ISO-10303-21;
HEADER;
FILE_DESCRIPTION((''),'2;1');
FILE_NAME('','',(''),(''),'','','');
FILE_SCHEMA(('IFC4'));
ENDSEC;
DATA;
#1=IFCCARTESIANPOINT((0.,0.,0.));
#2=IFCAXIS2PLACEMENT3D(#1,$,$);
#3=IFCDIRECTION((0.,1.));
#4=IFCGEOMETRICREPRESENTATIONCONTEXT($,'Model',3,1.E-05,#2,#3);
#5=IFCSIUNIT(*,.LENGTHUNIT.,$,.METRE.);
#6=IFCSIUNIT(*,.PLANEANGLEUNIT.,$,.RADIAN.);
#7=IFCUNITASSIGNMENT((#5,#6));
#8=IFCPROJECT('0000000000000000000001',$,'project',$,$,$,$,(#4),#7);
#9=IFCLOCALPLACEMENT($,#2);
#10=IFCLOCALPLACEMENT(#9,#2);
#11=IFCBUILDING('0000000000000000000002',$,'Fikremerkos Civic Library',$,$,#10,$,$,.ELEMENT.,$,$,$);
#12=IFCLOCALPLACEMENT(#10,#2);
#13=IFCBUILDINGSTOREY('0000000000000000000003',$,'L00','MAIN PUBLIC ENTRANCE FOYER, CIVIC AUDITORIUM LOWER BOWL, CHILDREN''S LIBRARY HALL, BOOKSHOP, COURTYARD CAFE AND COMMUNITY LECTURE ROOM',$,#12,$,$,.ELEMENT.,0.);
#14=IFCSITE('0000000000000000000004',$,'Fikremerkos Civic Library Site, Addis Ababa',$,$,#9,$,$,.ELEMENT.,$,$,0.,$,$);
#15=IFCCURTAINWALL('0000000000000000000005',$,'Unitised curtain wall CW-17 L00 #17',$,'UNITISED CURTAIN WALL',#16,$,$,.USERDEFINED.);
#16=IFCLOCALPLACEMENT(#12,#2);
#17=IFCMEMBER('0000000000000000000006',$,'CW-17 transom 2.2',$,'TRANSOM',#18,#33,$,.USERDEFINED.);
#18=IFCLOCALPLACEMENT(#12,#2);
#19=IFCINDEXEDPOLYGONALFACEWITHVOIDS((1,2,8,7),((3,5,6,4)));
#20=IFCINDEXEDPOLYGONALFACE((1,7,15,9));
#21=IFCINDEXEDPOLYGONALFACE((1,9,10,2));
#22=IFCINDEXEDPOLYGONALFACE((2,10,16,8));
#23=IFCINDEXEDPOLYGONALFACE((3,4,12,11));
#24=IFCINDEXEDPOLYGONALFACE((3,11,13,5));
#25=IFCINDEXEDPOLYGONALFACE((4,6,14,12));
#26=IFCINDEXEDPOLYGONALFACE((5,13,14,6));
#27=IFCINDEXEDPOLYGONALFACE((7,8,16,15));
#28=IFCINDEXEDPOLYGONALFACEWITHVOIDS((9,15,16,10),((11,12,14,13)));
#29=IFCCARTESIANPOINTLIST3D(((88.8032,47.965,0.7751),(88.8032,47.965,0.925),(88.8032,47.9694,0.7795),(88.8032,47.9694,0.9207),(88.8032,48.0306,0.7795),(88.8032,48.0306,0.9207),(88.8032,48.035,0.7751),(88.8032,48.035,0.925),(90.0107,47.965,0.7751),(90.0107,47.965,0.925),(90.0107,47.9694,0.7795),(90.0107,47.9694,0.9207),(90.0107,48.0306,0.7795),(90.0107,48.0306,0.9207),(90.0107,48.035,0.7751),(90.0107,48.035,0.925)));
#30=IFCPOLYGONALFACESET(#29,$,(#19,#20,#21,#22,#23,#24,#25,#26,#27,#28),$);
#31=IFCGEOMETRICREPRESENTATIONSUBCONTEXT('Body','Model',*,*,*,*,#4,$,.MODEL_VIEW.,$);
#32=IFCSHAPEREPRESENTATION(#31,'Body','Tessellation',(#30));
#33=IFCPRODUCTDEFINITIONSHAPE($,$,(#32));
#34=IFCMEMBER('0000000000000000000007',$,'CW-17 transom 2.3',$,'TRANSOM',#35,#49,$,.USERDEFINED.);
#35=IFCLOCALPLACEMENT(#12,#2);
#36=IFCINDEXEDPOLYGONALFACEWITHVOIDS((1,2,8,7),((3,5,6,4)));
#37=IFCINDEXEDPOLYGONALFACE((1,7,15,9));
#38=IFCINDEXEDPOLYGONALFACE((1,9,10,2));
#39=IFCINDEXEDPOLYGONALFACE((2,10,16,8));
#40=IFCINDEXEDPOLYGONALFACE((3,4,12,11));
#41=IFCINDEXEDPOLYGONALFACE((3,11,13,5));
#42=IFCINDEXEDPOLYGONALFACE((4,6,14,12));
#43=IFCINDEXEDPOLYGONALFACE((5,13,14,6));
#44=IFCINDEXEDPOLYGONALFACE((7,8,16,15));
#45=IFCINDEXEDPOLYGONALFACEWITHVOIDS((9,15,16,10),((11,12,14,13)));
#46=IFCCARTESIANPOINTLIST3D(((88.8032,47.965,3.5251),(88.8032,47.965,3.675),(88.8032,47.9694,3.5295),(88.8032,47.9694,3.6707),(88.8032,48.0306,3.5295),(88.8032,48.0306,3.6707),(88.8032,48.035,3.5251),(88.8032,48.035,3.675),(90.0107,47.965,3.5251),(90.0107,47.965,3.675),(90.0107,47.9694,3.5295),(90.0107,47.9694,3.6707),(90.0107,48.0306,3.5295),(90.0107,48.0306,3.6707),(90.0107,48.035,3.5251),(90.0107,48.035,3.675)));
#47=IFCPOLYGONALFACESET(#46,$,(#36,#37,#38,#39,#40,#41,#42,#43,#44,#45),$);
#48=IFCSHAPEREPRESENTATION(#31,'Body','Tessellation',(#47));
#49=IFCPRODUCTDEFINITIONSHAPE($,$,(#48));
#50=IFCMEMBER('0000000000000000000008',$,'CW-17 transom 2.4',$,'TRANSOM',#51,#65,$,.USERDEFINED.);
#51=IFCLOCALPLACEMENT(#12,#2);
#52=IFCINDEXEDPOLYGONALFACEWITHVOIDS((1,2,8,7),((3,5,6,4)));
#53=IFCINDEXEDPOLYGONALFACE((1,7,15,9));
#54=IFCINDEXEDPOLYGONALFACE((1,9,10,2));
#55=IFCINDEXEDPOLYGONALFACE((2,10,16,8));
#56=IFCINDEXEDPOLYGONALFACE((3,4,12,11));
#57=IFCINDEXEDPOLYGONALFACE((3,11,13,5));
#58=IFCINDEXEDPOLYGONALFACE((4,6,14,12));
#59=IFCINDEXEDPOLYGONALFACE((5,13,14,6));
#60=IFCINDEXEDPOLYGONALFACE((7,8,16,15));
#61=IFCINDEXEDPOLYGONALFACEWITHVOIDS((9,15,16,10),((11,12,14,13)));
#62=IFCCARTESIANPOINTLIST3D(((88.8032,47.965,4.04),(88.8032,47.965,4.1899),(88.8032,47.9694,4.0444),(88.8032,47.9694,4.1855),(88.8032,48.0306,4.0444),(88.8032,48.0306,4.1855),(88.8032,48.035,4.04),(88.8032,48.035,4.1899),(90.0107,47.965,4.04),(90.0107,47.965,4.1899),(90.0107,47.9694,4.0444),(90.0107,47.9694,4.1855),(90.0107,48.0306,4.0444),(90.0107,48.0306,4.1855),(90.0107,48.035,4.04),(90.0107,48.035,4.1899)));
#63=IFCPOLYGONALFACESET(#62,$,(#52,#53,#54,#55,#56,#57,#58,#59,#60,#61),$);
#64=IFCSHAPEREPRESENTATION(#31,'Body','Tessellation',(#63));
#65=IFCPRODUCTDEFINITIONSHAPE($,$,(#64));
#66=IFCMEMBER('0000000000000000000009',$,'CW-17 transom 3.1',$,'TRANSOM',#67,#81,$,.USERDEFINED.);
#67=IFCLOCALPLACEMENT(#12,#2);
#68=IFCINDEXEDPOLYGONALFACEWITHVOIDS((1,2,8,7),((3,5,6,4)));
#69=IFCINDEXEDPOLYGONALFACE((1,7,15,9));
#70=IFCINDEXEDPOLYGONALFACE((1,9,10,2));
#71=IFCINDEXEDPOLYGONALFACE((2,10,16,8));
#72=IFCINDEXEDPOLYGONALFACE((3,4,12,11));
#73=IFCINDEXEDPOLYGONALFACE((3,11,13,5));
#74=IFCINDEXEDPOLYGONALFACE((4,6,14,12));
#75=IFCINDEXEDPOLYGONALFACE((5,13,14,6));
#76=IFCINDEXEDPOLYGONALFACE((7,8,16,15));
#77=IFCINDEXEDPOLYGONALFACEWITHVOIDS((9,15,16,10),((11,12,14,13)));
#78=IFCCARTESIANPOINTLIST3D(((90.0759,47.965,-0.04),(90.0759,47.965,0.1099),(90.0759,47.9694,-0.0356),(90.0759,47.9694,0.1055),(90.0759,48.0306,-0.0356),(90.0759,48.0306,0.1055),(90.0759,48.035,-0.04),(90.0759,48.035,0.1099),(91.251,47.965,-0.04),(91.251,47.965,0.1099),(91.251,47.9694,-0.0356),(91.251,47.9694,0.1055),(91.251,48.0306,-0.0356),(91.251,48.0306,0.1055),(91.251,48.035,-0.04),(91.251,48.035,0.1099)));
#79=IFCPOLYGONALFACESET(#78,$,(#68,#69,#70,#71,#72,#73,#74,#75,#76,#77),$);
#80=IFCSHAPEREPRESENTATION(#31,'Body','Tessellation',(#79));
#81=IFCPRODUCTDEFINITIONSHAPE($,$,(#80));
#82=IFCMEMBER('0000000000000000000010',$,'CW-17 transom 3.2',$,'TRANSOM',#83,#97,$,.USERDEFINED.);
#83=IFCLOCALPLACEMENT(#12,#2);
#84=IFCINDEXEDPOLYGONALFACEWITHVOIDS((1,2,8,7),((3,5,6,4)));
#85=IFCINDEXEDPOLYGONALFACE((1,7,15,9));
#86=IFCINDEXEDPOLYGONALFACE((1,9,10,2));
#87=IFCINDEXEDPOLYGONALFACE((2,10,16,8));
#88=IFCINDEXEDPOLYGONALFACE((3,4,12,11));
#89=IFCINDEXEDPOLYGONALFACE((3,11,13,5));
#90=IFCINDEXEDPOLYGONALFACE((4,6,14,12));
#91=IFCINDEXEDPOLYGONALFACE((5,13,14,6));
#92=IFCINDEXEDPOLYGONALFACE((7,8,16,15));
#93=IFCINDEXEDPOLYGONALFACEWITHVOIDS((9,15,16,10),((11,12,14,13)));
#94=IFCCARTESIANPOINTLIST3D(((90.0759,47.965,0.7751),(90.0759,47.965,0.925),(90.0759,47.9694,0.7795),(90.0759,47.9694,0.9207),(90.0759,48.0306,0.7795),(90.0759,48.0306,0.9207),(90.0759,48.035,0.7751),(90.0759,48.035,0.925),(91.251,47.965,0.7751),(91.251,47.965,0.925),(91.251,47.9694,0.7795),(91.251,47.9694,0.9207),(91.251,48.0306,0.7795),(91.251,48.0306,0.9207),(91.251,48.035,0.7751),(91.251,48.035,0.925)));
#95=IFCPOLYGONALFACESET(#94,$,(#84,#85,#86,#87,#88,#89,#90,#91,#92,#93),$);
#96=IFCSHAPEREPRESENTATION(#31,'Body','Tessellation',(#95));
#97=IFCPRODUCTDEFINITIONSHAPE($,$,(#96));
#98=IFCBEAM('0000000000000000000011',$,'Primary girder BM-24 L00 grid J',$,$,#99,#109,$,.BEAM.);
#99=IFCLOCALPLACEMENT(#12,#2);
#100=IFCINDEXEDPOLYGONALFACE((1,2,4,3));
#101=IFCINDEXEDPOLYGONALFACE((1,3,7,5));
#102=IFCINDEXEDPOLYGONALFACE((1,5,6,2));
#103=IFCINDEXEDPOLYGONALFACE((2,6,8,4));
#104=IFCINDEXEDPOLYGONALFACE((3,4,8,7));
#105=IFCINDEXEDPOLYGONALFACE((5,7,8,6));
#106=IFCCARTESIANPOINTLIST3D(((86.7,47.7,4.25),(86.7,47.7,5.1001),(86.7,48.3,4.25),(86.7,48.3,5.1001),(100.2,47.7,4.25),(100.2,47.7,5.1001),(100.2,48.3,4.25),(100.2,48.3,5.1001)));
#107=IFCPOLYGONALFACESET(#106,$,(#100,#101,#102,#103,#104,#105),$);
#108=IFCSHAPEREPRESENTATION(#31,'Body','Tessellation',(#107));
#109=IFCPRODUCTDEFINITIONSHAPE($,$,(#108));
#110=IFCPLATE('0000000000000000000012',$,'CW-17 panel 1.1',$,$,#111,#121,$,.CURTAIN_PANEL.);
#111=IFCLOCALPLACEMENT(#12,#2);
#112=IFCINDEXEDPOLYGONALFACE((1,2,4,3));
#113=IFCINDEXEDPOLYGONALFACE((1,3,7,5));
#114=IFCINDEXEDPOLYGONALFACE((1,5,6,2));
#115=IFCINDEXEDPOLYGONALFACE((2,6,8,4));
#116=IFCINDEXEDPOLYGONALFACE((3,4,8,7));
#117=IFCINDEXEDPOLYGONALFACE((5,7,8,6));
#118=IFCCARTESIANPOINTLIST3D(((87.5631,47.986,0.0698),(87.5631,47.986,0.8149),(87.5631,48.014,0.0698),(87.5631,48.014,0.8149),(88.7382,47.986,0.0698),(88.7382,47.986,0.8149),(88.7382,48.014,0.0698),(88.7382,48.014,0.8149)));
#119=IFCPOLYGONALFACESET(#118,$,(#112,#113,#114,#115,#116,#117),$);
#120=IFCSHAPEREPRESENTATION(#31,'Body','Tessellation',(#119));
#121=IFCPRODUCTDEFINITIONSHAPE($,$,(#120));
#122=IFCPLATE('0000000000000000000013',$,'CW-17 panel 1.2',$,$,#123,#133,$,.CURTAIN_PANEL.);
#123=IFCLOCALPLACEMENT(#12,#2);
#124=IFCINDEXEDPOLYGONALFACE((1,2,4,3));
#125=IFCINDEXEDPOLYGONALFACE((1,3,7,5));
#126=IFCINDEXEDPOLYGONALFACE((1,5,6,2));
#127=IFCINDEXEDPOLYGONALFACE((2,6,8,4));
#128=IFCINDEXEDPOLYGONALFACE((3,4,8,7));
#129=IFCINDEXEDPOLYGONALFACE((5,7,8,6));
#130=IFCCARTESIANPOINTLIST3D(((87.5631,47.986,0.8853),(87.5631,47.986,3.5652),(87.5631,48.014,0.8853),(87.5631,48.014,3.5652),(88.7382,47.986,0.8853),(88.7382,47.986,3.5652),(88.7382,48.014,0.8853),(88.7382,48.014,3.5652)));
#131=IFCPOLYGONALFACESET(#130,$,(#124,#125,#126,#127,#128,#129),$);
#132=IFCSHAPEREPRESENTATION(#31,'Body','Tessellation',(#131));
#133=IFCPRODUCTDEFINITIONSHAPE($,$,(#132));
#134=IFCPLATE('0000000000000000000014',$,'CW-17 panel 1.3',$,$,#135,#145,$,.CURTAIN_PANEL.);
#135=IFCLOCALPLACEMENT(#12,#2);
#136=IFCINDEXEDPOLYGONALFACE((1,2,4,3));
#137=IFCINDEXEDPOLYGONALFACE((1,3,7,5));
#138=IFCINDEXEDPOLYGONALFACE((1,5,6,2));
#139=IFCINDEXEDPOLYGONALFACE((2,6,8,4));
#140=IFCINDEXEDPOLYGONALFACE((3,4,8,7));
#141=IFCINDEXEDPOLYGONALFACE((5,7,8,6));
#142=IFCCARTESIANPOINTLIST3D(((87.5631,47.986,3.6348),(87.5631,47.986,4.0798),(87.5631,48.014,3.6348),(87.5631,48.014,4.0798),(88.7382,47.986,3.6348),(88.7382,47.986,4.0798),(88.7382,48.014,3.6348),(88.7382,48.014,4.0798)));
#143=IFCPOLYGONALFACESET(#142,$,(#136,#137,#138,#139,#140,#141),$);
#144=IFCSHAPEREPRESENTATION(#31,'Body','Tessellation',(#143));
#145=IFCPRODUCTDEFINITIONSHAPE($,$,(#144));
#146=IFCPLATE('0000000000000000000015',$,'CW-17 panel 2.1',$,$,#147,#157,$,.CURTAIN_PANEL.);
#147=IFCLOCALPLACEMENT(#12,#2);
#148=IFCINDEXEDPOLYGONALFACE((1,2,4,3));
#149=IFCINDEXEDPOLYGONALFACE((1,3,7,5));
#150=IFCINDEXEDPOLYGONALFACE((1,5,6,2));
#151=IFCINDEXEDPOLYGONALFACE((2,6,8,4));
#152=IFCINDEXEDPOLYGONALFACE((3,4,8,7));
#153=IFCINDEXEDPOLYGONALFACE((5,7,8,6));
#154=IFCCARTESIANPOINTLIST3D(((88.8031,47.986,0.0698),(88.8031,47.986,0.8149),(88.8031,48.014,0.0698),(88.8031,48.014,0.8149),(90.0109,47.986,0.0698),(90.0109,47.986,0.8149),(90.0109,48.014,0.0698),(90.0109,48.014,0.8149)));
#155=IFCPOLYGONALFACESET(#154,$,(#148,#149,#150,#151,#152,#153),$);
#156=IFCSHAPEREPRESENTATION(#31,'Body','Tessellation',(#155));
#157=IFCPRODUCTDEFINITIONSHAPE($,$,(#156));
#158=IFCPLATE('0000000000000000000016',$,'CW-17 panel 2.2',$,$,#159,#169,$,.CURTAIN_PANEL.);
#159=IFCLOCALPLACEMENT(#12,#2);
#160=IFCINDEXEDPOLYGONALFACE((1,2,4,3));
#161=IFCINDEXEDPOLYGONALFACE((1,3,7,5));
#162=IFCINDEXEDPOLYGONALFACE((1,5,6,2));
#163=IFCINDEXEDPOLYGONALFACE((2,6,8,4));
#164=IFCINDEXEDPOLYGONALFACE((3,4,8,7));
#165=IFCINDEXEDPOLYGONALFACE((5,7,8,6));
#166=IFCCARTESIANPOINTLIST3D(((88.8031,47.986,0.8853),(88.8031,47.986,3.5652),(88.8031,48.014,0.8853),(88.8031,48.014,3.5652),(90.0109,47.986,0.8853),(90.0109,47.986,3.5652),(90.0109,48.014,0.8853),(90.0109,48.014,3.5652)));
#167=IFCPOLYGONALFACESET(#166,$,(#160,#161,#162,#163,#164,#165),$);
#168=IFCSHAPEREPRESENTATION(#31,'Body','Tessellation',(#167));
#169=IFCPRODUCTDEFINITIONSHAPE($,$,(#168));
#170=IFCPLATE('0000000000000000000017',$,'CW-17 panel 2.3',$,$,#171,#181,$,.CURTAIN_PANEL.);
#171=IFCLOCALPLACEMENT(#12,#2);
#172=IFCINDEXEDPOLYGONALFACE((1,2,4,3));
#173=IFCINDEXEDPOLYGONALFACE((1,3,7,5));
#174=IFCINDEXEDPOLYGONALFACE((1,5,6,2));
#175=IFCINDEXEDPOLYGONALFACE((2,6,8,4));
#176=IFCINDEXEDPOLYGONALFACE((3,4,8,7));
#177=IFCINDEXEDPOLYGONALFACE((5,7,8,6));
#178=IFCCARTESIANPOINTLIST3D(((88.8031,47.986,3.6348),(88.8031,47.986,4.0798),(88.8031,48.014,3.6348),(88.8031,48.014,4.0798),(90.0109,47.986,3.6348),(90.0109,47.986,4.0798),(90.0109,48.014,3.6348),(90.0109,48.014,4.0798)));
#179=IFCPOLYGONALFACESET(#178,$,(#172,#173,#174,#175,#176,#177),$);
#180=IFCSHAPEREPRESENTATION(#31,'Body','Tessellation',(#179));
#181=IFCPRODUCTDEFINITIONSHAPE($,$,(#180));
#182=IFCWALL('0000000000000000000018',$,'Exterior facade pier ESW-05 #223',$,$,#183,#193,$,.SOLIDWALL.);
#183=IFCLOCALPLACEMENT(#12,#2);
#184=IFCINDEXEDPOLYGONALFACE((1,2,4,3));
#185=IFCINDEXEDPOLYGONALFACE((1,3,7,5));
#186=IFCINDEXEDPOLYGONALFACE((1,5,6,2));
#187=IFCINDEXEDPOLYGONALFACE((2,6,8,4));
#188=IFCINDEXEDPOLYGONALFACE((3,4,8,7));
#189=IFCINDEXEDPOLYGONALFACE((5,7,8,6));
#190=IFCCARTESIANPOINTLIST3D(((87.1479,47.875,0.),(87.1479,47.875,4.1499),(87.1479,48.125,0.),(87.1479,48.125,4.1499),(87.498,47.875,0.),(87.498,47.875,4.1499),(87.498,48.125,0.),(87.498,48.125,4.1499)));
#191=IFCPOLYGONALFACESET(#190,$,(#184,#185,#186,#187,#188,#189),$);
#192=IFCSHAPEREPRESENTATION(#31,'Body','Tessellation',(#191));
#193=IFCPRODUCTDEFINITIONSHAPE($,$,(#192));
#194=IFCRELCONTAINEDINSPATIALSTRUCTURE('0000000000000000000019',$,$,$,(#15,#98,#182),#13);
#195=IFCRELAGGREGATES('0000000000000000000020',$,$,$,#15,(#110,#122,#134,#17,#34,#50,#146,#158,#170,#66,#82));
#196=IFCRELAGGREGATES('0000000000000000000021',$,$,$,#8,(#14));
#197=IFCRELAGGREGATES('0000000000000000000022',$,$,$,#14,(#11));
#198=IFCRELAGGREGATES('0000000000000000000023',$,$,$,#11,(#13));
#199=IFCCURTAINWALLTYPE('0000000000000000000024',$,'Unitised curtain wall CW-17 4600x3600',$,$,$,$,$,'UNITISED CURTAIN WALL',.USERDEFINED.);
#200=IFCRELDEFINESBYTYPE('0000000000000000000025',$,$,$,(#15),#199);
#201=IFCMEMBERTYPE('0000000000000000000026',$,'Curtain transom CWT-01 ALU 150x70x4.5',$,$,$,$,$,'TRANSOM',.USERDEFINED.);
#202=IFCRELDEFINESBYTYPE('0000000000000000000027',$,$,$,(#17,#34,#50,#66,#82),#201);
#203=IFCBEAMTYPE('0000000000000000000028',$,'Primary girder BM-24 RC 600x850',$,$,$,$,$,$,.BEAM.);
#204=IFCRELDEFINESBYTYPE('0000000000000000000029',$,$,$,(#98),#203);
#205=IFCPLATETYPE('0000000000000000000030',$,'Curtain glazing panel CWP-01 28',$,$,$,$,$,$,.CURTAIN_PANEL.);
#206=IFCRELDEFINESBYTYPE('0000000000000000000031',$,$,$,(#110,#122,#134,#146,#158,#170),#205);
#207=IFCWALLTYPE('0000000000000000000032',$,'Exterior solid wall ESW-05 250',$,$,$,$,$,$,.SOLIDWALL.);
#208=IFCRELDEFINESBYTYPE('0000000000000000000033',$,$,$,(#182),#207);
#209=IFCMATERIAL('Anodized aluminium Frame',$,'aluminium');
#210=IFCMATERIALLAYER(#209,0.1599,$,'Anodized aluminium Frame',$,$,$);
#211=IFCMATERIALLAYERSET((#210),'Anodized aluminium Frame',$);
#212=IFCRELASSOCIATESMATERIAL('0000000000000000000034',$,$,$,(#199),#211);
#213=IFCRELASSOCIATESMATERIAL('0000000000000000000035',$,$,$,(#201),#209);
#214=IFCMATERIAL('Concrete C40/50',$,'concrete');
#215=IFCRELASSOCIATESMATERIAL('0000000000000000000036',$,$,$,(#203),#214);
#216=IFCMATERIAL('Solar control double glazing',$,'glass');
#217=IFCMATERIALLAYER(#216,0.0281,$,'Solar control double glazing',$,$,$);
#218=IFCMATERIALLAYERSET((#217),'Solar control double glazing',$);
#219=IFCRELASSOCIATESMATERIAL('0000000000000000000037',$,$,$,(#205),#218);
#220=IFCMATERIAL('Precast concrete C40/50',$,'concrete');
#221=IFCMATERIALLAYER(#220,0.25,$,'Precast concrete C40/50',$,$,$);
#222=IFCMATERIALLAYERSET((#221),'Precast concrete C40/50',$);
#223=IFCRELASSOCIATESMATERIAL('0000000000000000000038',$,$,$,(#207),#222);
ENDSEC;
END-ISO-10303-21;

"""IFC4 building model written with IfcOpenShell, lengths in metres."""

from ifc_helpers import new_model, si_unit, direction, frame, frame_2d, origin, origin_2d, place, context, subcontext, project, spatial, rectangle, hollow_rectangle, extrude, material, layer, layer_set, material_profile, profile_set, type_object, element, aggregate, save


model = new_model("IFC4")

# Units and contexts
model_context = context("Model", 3, precision=1e-05, world=origin(), true_north=direction((0.0, 1.0)))
body_context = subcontext(model_context, "Body", "Model", "MODEL_VIEW")
ifc_project = project(units=[si_unit("LENGTHUNIT", "METRE"), si_unit("PLANEANGLEUNIT", "RADIAN")], contexts=[model_context])

# Site, building, storey
site_placement = place(None, origin())
site = spatial("IfcSite", under=ifc_project, at=site_placement, Name="Fikremerkos Civic Library Site, Addis Ababa", CompositionType="ELEMENT", RefElevation=0.0)
building_placement = place(site_placement, origin())
building = spatial("IfcBuilding", under=site, at=building_placement, Name="Fikremerkos Civic Library", CompositionType="ELEMENT")
storey_placement = place(building_placement, origin())
storey = spatial("IfcBuildingStorey", under=building, at=storey_placement, Name="L00", Description="MAIN PUBLIC ENTRANCE FOYER, CIVIC AUDITORIUM LOWER BOWL, CHILDREN'S LIBRARY HALL, BOOKSHOP, COURTYARD CAFE AND COMMUNITY LECTURE ROOM", CompositionType="ELEMENT", Elevation=0.0)

# Curtain wall, members
ifc_material_1 = material(Name="Anodized aluminium Frame", Category="aluminium")
ifc_layer_1 = layer(ifc_material_1, 0.1599, Name="Anodized aluminium Frame")
ifc_layer_set_1 = layer_set([ifc_layer_1], Name="Anodized aluminium Frame")
curtain_wall_type = type_object("IfcCurtainWallType", Name="Unitised curtain wall CW-17 4600x3600", ElementType="UNITISED CURTAIN WALL", PredefinedType="USERDEFINED", material=ifc_layer_set_1)
curtain_wall_placement = place(storey_placement, origin())
curtain_wall = element("IfcCurtainWall", 1, at=curtain_wall_placement, inside=storey, type_object=curtain_wall_type, Name="Unitised curtain wall CW-17 L00 #17", ObjectType="UNITISED CURTAIN WALL", PredefinedType="USERDEFINED")
ifc_material_profile_1 = material_profile(ifc_material_1, hollow_rectangle(XDim=0.0701, YDim=0.1499, WallThickness=0.0044, at=origin_2d()), Name="ALU 150x70x4.5")
ifc_profile_set_1 = profile_set([ifc_material_profile_1], Name="Anodized aluminium Frame")
member_type_1 = type_object("IfcMemberType", Name="Curtain transom CWT-01 ALU 150x70x4.5", ElementType="TRANSOM", PredefinedType="USERDEFINED", material=ifc_profile_set_1)
member_1_placement = place(storey_placement, frame((88.8032, 48.0, 0.8501), z_axis=(1.0, 0.0, 0.0), x_axis=(0.0, 1.0, 0.0)))
member_1 = element("IfcMember", 2, at=member_1_placement, type_object=member_type_1, Name="CW-17 transom 2.2", ObjectType="TRANSOM", PredefinedType="USERDEFINED", context=body_context, shape_type="SweptSolid", body=[
    extrude(hollow_rectangle(XDim=0.0701, YDim=0.1499, WallThickness=0.0044, at=origin_2d()), origin(), (0.0, 0.0, 1.0), 1.2075),
])
member_2_placement = place(storey_placement, frame((88.8032, 48.0, 3.6001), z_axis=(1.0, 0.0, 0.0), x_axis=(0.0, 1.0, 0.0)))
member_2 = element("IfcMember", 3, at=member_2_placement, type_object=member_type_1, Name="CW-17 transom 2.3", ObjectType="TRANSOM", PredefinedType="USERDEFINED", context=body_context, shape_type="SweptSolid", body=[
    extrude(hollow_rectangle(XDim=0.0701, YDim=0.1499, WallThickness=0.0044, at=origin_2d()), origin(), (0.0, 0.0, 1.0), 1.2075),
])
member_3_placement = place(storey_placement, frame((88.8032, 48.0, 4.115), z_axis=(1.0, 0.0, 0.0), x_axis=(0.0, 1.0, 0.0)))
member_3 = element("IfcMember", 4, at=member_3_placement, type_object=member_type_1, Name="CW-17 transom 2.4", ObjectType="TRANSOM", PredefinedType="USERDEFINED", context=body_context, shape_type="SweptSolid", body=[
    extrude(hollow_rectangle(XDim=0.0701, YDim=0.1499, WallThickness=0.0044, at=origin_2d()), origin(), (0.0, 0.0, 1.0), 1.2075),
])
member_4_placement = place(storey_placement, frame((90.0759, 48.0, 0.0349), z_axis=(1.0, 0.0, 0.0), x_axis=(0.0, 1.0, 0.0)))
member_4 = element("IfcMember", 5, at=member_4_placement, type_object=member_type_1, Name="CW-17 transom 3.1", ObjectType="TRANSOM", PredefinedType="USERDEFINED", context=body_context, shape_type="SweptSolid", body=[
    extrude(hollow_rectangle(XDim=0.0701, YDim=0.1499, WallThickness=0.0044, at=origin_2d()), origin(), (0.0, 0.0, 1.0), 1.175),
])
member_5_placement = place(storey_placement, frame((90.0759, 48.0, 0.8501), z_axis=(1.0, 0.0, 0.0), x_axis=(0.0, 1.0, 0.0)))
member_5 = element("IfcMember", 6, at=member_5_placement, type_object=member_type_1, Name="CW-17 transom 3.2", ObjectType="TRANSOM", PredefinedType="USERDEFINED", context=body_context, shape_type="SweptSolid", body=[
    extrude(hollow_rectangle(XDim=0.0701, YDim=0.1499, WallThickness=0.0044, at=origin_2d()), origin(), (0.0, 0.0, 1.0), 1.175),
])

# Beam
ifc_material_2 = material(Name="Concrete C40/50", Category="concrete")
ifc_material_profile_2 = material_profile(ifc_material_2, rectangle(XDim=0.6001, YDim=0.8501, at=origin_2d()), Name="RC 600x850")
ifc_profile_set_2 = profile_set([ifc_material_profile_2], Name="Concrete C40/50")
beam_type = type_object("IfcBeamType", Name="Primary girder BM-24 RC 600x850", PredefinedType="BEAM", material=ifc_profile_set_2)
beam_placement = place(storey_placement, frame((86.7, 48.0, 4.675), z_axis=(1.0, 0.0, 0.0), x_axis=(0.0, 1.0, 0.0)))
element("IfcBeam", 7, at=beam_placement, inside=storey, type_object=beam_type, Name="Primary girder BM-24 L00 grid J", PredefinedType="BEAM", context=body_context, shape_type="SweptSolid", body=[
    extrude(rectangle(XDim=0.6001, YDim=0.8501, at=origin_2d()), origin(), (0.0, 0.0, 1.0), 13.5),
])

# Plates
ifc_material_3 = material(Name="Solar control double glazing", Category="glass")
ifc_layer_2 = layer(ifc_material_3, 0.0281, Name="Solar control double glazing")
ifc_layer_set_2 = layer_set([ifc_layer_2], Name="Solar control double glazing")
plate_type = type_object("IfcPlateType", Name="Curtain glazing panel CWP-01 28", PredefinedType="CURTAIN_PANEL", material=ifc_layer_set_2)
plate_1_placement = place(storey_placement, frame((88.1506, 48.0, 0.0698), z_axis=(0.0, 0.0, 1.0), x_axis=(1.0, 0.0, 0.0)))
plate_1 = element("IfcPlate", 8, at=plate_1_placement, type_object=plate_type, Name="CW-17 panel 1.1", PredefinedType="CURTAIN_PANEL", context=body_context, shape_type="SweptSolid", body=[
    extrude(rectangle(XDim=1.175, YDim=0.0281, at=origin_2d()), origin(), (0.0, 0.0, 1.0), 0.7451),
])
plate_2_placement = place(storey_placement, frame((88.1506, 48.0, 0.8853), z_axis=(0.0, 0.0, 1.0), x_axis=(1.0, 0.0, 0.0)))
plate_2 = element("IfcPlate", 9, at=plate_2_placement, type_object=plate_type, Name="CW-17 panel 1.2", PredefinedType="CURTAIN_PANEL", context=body_context, shape_type="SweptSolid", body=[
    extrude(rectangle(XDim=1.175, YDim=0.0281, at=origin_2d()), origin(), (0.0, 0.0, 1.0), 2.6799),
])
plate_3_placement = place(storey_placement, frame((88.1506, 48.0, 3.6348), z_axis=(0.0, 0.0, 1.0), x_axis=(1.0, 0.0, 0.0)))
plate_3 = element("IfcPlate", 10, at=plate_3_placement, type_object=plate_type, Name="CW-17 panel 1.3", PredefinedType="CURTAIN_PANEL", context=body_context, shape_type="SweptSolid", body=[
    extrude(rectangle(XDim=1.175, YDim=0.0281, at=origin_2d()), origin(), (0.0, 0.0, 1.0), 0.4451),
])
plate_4_placement = place(storey_placement, frame((89.407, 48.0, 0.0698), z_axis=(0.0, 0.0, 1.0), x_axis=(1.0, 0.0, 0.0)))
plate_4 = element("IfcPlate", 11, at=plate_4_placement, type_object=plate_type, Name="CW-17 panel 2.1", PredefinedType="CURTAIN_PANEL", context=body_context, shape_type="SweptSolid", body=[
    extrude(rectangle(XDim=1.2078, YDim=0.0281, at=origin_2d()), origin(), (0.0, 0.0, 1.0), 0.7451),
])
plate_5_placement = place(storey_placement, frame((89.407, 48.0, 0.8853), z_axis=(0.0, 0.0, 1.0), x_axis=(1.0, 0.0, 0.0)))
plate_5 = element("IfcPlate", 12, at=plate_5_placement, type_object=plate_type, Name="CW-17 panel 2.2", PredefinedType="CURTAIN_PANEL", context=body_context, shape_type="SweptSolid", body=[
    extrude(rectangle(XDim=1.2078, YDim=0.0281, at=origin_2d()), origin(), (0.0, 0.0, 1.0), 2.6799),
])
plate_6_placement = place(storey_placement, frame((89.407, 48.0, 3.6348), z_axis=(0.0, 0.0, 1.0), x_axis=(1.0, 0.0, 0.0)))
plate_6 = element("IfcPlate", 13, at=plate_6_placement, type_object=plate_type, Name="CW-17 panel 2.3", PredefinedType="CURTAIN_PANEL", context=body_context, shape_type="SweptSolid", body=[
    extrude(rectangle(XDim=1.2078, YDim=0.0281, at=origin_2d()), origin(), (0.0, 0.0, 1.0), 0.4451),
])
aggregate(curtain_wall, [plate_1, plate_2, plate_3, member_1, member_2, member_3, plate_4, plate_5, plate_6, member_4, member_5])

# Wall
ifc_material_4 = material(Name="Precast concrete C40/50", Category="concrete")
ifc_layer_3 = layer(ifc_material_4, 0.25, Name="Precast concrete C40/50")
ifc_layer_set_3 = layer_set([ifc_layer_3], Name="Precast concrete C40/50")
wall_type = type_object("IfcWallType", Name="Exterior solid wall ESW-05 250", PredefinedType="SOLIDWALL", material=ifc_layer_set_3)
wall_placement = place(storey_placement, frame((87.1479, 48.0, 0.0), z_axis=(0.0, 0.0, 1.0), x_axis=(1.0, 0.0, 0.0)))
element("IfcWall", 14, at=wall_placement, inside=storey, type_object=wall_type, Name="Exterior facade pier ESW-05 #223", PredefinedType="SOLIDWALL", context=body_context, shape_type="SweptSolid", body=[
    extrude(rectangle(XDim=0.3501, YDim=0.25, at=frame_2d((0.175, 0.0))), origin(), (0.0, 0.0, 1.0), 4.1499),
])

save(model, "model.ifc")
